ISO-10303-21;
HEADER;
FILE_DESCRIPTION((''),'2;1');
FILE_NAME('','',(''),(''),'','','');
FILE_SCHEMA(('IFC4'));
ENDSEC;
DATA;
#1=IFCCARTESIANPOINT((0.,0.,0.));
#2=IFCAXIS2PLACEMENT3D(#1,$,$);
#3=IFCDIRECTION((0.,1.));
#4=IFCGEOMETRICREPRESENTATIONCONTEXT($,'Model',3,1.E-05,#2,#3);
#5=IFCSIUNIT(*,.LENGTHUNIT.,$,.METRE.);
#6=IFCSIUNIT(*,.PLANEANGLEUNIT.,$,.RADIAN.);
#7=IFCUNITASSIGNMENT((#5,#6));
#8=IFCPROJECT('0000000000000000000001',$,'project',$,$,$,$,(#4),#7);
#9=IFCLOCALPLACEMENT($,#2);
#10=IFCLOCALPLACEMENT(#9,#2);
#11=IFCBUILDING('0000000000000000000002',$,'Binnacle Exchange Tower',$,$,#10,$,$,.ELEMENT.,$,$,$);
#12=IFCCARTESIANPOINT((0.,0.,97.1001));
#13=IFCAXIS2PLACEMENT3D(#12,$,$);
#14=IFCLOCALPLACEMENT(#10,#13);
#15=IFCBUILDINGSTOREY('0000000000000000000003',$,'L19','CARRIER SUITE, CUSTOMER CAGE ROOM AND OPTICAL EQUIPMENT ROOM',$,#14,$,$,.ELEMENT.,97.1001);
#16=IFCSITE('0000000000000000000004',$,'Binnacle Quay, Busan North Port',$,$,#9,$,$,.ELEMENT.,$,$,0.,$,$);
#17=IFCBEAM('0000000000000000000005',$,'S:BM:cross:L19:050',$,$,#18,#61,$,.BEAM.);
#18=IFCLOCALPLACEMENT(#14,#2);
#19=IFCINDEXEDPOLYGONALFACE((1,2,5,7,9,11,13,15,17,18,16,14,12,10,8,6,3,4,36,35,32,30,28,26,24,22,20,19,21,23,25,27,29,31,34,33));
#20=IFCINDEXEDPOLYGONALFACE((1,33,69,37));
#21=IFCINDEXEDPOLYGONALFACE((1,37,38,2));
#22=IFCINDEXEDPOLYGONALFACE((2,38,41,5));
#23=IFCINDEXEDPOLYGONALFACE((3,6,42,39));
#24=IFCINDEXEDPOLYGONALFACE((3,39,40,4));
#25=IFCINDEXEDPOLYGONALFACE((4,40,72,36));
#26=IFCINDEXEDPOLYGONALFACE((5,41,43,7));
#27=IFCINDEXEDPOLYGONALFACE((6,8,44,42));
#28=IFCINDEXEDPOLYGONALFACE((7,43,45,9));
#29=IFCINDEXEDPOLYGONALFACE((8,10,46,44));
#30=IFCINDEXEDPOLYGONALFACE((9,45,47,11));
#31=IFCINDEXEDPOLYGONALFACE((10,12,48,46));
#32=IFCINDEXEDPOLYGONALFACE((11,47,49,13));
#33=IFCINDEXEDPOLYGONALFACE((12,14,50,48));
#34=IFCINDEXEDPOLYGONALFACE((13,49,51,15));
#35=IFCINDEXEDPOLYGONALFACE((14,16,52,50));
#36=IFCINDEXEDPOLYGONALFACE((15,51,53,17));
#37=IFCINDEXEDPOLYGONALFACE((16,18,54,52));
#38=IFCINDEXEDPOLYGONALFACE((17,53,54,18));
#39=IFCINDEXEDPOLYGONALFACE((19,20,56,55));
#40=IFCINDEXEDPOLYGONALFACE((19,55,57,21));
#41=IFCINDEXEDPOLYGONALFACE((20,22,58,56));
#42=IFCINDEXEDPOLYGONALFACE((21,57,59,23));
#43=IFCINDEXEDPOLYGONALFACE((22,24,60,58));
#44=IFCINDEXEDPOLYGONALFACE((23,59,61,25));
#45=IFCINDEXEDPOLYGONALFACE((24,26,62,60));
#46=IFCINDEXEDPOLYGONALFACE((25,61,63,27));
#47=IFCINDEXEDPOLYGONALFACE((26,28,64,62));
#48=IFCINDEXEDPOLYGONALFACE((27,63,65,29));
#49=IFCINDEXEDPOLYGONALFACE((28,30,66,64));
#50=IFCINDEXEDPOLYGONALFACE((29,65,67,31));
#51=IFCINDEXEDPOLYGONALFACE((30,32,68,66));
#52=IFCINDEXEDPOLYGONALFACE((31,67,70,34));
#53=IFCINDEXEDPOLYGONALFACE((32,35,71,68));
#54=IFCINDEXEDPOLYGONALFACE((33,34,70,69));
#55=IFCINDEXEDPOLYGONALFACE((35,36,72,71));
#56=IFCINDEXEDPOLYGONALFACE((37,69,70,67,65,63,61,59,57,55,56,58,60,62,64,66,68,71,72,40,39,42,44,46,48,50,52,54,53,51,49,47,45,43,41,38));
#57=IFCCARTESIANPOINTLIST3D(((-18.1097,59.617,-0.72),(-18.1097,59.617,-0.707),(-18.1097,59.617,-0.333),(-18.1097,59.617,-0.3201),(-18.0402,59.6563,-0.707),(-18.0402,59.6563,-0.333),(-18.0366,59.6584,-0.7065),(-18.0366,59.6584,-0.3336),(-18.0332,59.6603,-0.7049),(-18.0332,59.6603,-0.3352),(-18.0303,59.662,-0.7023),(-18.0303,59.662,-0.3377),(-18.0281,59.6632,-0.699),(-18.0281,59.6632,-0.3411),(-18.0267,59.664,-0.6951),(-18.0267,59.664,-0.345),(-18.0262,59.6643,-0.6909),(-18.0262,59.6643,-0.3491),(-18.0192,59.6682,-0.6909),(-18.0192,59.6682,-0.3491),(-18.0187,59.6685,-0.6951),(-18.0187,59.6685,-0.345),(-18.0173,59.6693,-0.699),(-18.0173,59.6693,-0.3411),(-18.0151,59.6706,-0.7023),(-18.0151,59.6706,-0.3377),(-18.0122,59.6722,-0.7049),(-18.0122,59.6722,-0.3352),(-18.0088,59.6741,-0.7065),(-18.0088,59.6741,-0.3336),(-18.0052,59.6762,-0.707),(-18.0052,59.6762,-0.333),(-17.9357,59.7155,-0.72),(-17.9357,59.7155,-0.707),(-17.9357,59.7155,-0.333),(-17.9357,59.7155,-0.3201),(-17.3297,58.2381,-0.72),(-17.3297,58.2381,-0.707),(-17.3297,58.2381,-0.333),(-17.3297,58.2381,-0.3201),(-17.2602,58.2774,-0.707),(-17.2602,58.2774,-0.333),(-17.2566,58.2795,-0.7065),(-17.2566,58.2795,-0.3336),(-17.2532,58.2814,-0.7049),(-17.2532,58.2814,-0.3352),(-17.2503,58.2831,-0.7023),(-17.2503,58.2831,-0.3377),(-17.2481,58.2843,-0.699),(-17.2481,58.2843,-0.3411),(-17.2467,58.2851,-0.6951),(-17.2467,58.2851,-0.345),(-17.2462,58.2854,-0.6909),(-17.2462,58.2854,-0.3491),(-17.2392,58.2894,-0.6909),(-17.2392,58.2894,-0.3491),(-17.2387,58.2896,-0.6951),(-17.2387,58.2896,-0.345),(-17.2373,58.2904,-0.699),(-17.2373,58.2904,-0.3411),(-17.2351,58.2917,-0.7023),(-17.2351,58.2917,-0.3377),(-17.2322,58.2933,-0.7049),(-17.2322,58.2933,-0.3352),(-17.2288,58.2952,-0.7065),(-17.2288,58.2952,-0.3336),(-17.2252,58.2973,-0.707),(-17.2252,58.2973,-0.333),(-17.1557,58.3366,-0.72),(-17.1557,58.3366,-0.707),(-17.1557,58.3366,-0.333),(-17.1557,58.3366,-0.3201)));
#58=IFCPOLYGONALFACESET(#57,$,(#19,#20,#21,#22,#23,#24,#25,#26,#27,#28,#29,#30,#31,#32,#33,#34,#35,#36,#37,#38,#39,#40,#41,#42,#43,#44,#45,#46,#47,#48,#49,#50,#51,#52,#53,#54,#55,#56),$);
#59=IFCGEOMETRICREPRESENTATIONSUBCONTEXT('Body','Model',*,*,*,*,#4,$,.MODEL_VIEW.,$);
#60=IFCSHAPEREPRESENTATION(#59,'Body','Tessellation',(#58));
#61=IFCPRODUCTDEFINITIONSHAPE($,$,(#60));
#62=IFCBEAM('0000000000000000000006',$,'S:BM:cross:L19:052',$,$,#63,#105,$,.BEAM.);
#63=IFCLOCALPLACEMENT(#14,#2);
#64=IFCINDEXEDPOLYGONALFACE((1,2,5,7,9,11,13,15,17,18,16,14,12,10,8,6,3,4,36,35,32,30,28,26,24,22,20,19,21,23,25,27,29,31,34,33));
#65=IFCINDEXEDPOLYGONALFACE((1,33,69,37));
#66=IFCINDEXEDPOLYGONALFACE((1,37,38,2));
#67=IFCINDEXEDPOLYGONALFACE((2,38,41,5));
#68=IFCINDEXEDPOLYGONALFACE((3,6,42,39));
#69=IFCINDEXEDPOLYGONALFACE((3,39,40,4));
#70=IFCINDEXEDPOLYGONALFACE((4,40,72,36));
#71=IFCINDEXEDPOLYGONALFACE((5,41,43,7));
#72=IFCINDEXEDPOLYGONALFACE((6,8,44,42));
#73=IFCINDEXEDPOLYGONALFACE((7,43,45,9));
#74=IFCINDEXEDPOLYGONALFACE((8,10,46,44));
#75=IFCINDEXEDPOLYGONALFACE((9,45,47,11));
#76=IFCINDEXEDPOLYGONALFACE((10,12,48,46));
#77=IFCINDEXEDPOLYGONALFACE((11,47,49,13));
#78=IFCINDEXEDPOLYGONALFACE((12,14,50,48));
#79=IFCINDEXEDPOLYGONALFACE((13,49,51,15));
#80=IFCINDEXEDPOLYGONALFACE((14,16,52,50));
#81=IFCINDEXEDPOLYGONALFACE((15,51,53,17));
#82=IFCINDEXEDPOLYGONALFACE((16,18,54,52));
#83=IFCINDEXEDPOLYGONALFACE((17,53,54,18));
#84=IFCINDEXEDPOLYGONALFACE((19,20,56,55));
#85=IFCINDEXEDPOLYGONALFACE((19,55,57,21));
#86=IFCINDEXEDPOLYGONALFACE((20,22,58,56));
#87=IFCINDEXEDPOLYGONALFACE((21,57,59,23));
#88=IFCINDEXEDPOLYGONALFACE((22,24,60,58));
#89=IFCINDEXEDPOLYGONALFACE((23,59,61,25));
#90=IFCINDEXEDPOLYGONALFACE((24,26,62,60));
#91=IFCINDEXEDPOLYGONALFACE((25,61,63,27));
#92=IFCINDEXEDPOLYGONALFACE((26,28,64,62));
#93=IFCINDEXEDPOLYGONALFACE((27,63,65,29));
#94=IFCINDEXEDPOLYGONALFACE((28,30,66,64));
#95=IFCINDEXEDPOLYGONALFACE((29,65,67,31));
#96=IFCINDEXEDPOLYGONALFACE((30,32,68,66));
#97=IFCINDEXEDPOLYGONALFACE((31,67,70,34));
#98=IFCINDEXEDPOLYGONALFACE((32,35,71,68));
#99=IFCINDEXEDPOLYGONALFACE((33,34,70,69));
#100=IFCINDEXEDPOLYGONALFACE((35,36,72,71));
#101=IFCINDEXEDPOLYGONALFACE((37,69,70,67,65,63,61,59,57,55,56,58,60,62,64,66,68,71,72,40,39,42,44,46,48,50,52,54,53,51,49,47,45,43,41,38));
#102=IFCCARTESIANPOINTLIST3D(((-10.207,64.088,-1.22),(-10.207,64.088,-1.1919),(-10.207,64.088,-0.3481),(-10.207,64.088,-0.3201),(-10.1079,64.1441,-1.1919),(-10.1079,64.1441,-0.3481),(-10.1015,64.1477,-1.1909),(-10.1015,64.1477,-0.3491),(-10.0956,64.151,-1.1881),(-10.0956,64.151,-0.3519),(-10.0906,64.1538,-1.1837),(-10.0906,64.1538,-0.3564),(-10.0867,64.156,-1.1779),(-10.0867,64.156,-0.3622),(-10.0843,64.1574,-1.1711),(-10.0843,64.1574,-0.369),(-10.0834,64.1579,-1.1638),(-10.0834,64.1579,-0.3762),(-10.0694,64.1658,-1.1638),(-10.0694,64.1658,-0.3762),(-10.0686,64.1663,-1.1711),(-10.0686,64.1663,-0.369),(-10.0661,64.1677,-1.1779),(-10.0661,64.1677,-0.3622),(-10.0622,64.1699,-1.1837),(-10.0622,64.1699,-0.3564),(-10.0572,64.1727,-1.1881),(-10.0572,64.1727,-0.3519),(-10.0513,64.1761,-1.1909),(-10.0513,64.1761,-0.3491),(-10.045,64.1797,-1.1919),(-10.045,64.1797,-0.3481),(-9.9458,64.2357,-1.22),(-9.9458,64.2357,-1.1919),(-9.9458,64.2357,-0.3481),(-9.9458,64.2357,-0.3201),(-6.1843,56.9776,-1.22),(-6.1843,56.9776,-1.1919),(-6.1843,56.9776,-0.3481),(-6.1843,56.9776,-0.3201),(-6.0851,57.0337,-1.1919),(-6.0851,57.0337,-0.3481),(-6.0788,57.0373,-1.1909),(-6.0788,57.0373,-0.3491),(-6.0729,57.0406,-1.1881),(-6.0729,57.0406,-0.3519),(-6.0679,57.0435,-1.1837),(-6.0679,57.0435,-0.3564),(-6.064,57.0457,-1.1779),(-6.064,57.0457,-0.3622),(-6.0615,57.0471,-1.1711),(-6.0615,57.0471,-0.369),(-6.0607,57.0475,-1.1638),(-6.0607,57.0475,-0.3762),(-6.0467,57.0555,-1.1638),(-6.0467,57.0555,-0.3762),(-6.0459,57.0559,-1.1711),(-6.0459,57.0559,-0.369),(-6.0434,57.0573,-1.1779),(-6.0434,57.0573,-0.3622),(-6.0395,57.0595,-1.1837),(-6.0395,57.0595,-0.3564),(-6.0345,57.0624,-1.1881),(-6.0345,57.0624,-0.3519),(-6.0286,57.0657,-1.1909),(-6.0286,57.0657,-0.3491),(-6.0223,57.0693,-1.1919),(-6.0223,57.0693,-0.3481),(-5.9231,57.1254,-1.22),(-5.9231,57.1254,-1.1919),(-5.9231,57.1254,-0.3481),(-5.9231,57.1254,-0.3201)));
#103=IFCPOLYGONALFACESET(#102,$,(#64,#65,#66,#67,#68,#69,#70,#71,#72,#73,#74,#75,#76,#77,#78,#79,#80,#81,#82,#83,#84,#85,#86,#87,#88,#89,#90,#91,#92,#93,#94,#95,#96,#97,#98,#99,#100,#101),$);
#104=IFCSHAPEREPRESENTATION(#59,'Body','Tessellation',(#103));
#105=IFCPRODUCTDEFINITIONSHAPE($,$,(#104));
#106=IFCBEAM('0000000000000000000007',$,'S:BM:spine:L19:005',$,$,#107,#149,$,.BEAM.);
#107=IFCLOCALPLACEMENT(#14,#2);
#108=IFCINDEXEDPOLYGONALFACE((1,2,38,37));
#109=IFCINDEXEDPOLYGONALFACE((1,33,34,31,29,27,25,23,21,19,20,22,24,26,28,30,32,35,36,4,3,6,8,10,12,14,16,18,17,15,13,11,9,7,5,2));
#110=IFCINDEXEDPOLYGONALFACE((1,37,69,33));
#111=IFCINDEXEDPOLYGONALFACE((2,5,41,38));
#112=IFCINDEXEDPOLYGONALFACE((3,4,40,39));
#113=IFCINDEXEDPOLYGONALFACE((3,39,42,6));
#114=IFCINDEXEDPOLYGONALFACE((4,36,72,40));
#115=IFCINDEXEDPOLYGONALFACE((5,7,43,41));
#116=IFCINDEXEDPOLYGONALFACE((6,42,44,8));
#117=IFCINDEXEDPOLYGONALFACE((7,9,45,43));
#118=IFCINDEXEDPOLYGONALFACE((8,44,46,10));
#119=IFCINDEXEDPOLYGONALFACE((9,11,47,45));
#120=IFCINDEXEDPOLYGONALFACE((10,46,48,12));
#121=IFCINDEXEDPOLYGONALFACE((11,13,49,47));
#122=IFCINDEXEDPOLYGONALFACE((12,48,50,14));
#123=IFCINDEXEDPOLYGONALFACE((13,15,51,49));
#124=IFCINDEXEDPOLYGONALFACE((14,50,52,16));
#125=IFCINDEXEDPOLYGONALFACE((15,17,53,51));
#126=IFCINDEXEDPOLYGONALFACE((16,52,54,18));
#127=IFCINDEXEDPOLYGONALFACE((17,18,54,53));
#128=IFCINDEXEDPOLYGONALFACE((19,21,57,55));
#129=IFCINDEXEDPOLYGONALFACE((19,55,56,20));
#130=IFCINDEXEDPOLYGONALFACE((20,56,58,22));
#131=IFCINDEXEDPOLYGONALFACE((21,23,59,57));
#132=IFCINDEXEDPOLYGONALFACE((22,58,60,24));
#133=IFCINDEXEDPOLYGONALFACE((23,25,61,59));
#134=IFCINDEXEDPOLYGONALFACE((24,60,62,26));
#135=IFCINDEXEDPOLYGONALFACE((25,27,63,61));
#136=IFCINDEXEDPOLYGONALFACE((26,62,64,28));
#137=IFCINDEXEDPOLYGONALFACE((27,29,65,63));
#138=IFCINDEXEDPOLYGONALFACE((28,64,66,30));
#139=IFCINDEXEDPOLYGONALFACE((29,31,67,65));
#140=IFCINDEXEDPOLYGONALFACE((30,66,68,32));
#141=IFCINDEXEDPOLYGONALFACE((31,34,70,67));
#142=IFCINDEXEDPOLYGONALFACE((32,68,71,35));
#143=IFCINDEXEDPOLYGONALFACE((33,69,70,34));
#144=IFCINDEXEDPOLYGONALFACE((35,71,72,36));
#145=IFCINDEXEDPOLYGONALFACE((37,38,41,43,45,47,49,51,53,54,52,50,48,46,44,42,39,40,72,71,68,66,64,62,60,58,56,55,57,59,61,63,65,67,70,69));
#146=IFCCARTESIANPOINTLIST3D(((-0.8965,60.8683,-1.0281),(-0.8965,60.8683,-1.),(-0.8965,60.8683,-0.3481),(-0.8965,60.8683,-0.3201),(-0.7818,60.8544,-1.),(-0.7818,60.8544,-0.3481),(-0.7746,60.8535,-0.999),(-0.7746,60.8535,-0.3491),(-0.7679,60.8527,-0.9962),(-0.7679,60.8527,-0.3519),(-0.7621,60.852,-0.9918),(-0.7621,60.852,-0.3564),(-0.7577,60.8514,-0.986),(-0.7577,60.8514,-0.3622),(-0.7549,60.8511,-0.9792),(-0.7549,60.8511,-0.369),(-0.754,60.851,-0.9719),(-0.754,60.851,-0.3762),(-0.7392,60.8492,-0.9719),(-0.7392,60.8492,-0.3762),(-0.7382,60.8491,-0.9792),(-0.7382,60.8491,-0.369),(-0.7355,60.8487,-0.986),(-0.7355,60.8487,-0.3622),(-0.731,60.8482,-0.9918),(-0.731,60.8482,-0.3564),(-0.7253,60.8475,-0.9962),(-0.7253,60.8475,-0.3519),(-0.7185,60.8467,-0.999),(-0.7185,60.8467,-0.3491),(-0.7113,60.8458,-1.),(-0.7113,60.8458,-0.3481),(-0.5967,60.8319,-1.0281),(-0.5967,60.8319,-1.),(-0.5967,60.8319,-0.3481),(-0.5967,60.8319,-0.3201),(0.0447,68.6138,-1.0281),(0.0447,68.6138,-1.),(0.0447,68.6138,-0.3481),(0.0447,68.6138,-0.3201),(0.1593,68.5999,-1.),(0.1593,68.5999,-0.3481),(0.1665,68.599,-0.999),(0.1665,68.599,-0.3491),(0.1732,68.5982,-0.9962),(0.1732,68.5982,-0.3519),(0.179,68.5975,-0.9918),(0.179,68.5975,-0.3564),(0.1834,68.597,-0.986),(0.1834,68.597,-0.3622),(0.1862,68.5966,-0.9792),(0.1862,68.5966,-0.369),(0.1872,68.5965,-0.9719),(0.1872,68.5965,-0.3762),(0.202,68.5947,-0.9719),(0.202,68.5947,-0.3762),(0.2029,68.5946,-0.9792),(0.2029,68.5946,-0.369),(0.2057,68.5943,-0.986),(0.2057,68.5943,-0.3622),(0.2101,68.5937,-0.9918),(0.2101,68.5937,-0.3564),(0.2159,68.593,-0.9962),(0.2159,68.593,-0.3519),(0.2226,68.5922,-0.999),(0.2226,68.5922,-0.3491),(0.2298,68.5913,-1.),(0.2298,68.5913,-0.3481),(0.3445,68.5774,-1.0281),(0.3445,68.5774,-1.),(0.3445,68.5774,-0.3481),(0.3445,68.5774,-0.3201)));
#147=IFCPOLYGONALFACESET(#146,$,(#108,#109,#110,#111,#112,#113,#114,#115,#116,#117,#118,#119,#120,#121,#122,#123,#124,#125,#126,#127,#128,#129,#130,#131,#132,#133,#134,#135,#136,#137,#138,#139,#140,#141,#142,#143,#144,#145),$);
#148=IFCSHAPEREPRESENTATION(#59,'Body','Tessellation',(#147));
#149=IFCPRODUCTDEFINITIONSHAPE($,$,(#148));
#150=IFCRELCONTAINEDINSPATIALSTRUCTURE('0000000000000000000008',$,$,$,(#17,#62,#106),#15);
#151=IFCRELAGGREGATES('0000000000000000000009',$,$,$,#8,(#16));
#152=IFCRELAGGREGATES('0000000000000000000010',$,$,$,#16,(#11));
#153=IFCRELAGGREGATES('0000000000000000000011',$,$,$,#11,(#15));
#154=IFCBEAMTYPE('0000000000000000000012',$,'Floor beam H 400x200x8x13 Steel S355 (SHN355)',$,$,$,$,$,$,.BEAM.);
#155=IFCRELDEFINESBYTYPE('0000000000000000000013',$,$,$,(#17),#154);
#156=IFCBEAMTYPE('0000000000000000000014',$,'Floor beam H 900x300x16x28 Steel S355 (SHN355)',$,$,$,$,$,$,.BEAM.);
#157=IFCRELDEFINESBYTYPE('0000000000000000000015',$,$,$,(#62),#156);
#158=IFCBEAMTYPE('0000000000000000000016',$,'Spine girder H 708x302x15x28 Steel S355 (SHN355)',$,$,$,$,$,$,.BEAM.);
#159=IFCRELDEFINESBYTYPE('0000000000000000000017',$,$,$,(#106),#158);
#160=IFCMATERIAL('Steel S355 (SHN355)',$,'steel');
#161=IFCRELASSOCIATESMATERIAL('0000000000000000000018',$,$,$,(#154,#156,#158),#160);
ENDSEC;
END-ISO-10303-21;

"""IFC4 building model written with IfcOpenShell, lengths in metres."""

from ifc_helpers import new_model, si_unit, direction, frame, origin, origin_2d, place, context, subcontext, project, spatial, i_section, extrude, material, material_profile, profile_set, type_object, element, save


model = new_model("IFC4")

# Units and contexts
model_context = context("Model", 3, precision=1e-05, world=origin(), true_north=direction((0.0, 1.0)))
body_context = subcontext(model_context, "Body", "Model", "MODEL_VIEW")
ifc_project = project(units=[si_unit("LENGTHUNIT", "METRE"), si_unit("PLANEANGLEUNIT", "RADIAN")], contexts=[model_context])

# Site, building, storey
site_placement = place(None, origin())
site = spatial("IfcSite", under=ifc_project, at=site_placement, Name="Binnacle Quay, Busan North Port", CompositionType="ELEMENT", RefElevation=0.0)
building_placement = place(site_placement, origin())
building = spatial("IfcBuilding", under=site, at=building_placement, Name="Binnacle Exchange Tower", CompositionType="ELEMENT")
storey_placement = place(building_placement, frame((0.0, 0.0, 97.1001)))
storey = spatial("IfcBuildingStorey", under=building, at=storey_placement, Name="L19", Description="CARRIER SUITE, CUSTOMER CAGE ROOM AND OPTICAL EQUIPMENT ROOM", CompositionType="ELEMENT", Elevation=97.1001)

# Beams
ifc_material_1 = material(Name="Steel S355 (SHN355)", Category="steel")
ifc_material_profile_1 = material_profile(ifc_material_1, i_section(OverallWidth=0.2, OverallDepth=0.3999, WebThickness=0.0081, FlangeThickness=0.0129, FilletRadius=0.0161, at=origin_2d()), Name="H 400x200x8x13")
ifc_profile_set_1 = profile_set([ifc_material_profile_1], Name="Steel S355 (SHN355)")
beam_type_1 = type_object("IfcBeamType", Name="Floor beam H 400x200x8x13 Steel S355 (SHN355)", PredefinedType="BEAM", material=ifc_profile_set_1)
beam_1_placement = place(storey_placement, frame((-18.0227, 59.6663, -0.52), z_axis=(0.492367, -0.870388, 0.0), x_axis=(0.870388, 0.492367, 0.0)))
element("IfcBeam", 1, at=beam_1_placement, inside=storey, type_object=beam_type_1, Name="S:BM:cross:L19:050", PredefinedType="BEAM", context=body_context, shape_type="SweptSolid", body=[
    extrude(i_section(OverallWidth=0.2, OverallDepth=0.3999, WebThickness=0.0081, FlangeThickness=0.0129, FilletRadius=0.0161, at=origin_2d()), origin(), (0.0, 0.0, 1.0), 1.5842),
])
ifc_material_profile_2 = material_profile(ifc_material_1, i_section(OverallWidth=0.3, OverallDepth=0.8999, WebThickness=0.0161, FlangeThickness=0.0281, FilletRadius=0.0281, at=origin_2d()), Name="H 900x300x16x28")
ifc_profile_set_2 = profile_set([ifc_material_profile_2], Name="Steel S355 (SHN355)")
beam_type_2 = type_object("IfcBeamType", Name="Floor beam H 900x300x16x28 Steel S355 (SHN355)", PredefinedType="BEAM", material=ifc_profile_set_2)
beam_2_placement = place(storey_placement, frame((-10.0764, 64.1619, -0.77), z_axis=(0.492411, -0.870363, 0.0), x_axis=(0.870363, 0.492411, 0.0)))
element("IfcBeam", 2, at=beam_2_placement, inside=storey, type_object=beam_type_2, Name="S:BM:cross:L19:052", PredefinedType="BEAM", context=body_context, shape_type="SweptSolid", body=[
    extrude(i_section(OverallWidth=0.3, OverallDepth=0.8999, WebThickness=0.0161, FlangeThickness=0.0281, FilletRadius=0.0281, at=origin_2d()), origin(), (0.0, 0.0, 1.0), 8.1694),
])
ifc_material_profile_3 = material_profile(ifc_material_1, i_section(OverallWidth=0.302, OverallDepth=0.708, WebThickness=0.0149, FlangeThickness=0.0281, FilletRadius=0.0281, at=origin_2d()), Name="H 708x302x15x28")
ifc_profile_set_3 = profile_set([ifc_material_profile_3], Name="Steel S355 (SHN355)")
beam_type_3 = type_object("IfcBeamType", Name="Spine girder H 708x302x15x28 Steel S355 (SHN355)", PredefinedType="BEAM", material=ifc_profile_set_3)
beam_3_placement = place(storey_placement, frame((-0.7466, 60.8501, -0.6741), z_axis=(0.120622, 0.992699, 0.0), x_axis=(-0.992699, 0.120622, 0.0)))
element("IfcBeam", 3, at=beam_3_placement, inside=storey, type_object=beam_type_3, Name="S:BM:spine:L19:005", PredefinedType="BEAM", context=body_context, shape_type="SweptSolid", body=[
    extrude(i_section(OverallWidth=0.302, OverallDepth=0.708, WebThickness=0.0149, FlangeThickness=0.0281, FilletRadius=0.0281, at=origin_2d()), origin(), (0.0, 0.0, 1.0), 7.8025),
])

save(model, "model.ifc")
